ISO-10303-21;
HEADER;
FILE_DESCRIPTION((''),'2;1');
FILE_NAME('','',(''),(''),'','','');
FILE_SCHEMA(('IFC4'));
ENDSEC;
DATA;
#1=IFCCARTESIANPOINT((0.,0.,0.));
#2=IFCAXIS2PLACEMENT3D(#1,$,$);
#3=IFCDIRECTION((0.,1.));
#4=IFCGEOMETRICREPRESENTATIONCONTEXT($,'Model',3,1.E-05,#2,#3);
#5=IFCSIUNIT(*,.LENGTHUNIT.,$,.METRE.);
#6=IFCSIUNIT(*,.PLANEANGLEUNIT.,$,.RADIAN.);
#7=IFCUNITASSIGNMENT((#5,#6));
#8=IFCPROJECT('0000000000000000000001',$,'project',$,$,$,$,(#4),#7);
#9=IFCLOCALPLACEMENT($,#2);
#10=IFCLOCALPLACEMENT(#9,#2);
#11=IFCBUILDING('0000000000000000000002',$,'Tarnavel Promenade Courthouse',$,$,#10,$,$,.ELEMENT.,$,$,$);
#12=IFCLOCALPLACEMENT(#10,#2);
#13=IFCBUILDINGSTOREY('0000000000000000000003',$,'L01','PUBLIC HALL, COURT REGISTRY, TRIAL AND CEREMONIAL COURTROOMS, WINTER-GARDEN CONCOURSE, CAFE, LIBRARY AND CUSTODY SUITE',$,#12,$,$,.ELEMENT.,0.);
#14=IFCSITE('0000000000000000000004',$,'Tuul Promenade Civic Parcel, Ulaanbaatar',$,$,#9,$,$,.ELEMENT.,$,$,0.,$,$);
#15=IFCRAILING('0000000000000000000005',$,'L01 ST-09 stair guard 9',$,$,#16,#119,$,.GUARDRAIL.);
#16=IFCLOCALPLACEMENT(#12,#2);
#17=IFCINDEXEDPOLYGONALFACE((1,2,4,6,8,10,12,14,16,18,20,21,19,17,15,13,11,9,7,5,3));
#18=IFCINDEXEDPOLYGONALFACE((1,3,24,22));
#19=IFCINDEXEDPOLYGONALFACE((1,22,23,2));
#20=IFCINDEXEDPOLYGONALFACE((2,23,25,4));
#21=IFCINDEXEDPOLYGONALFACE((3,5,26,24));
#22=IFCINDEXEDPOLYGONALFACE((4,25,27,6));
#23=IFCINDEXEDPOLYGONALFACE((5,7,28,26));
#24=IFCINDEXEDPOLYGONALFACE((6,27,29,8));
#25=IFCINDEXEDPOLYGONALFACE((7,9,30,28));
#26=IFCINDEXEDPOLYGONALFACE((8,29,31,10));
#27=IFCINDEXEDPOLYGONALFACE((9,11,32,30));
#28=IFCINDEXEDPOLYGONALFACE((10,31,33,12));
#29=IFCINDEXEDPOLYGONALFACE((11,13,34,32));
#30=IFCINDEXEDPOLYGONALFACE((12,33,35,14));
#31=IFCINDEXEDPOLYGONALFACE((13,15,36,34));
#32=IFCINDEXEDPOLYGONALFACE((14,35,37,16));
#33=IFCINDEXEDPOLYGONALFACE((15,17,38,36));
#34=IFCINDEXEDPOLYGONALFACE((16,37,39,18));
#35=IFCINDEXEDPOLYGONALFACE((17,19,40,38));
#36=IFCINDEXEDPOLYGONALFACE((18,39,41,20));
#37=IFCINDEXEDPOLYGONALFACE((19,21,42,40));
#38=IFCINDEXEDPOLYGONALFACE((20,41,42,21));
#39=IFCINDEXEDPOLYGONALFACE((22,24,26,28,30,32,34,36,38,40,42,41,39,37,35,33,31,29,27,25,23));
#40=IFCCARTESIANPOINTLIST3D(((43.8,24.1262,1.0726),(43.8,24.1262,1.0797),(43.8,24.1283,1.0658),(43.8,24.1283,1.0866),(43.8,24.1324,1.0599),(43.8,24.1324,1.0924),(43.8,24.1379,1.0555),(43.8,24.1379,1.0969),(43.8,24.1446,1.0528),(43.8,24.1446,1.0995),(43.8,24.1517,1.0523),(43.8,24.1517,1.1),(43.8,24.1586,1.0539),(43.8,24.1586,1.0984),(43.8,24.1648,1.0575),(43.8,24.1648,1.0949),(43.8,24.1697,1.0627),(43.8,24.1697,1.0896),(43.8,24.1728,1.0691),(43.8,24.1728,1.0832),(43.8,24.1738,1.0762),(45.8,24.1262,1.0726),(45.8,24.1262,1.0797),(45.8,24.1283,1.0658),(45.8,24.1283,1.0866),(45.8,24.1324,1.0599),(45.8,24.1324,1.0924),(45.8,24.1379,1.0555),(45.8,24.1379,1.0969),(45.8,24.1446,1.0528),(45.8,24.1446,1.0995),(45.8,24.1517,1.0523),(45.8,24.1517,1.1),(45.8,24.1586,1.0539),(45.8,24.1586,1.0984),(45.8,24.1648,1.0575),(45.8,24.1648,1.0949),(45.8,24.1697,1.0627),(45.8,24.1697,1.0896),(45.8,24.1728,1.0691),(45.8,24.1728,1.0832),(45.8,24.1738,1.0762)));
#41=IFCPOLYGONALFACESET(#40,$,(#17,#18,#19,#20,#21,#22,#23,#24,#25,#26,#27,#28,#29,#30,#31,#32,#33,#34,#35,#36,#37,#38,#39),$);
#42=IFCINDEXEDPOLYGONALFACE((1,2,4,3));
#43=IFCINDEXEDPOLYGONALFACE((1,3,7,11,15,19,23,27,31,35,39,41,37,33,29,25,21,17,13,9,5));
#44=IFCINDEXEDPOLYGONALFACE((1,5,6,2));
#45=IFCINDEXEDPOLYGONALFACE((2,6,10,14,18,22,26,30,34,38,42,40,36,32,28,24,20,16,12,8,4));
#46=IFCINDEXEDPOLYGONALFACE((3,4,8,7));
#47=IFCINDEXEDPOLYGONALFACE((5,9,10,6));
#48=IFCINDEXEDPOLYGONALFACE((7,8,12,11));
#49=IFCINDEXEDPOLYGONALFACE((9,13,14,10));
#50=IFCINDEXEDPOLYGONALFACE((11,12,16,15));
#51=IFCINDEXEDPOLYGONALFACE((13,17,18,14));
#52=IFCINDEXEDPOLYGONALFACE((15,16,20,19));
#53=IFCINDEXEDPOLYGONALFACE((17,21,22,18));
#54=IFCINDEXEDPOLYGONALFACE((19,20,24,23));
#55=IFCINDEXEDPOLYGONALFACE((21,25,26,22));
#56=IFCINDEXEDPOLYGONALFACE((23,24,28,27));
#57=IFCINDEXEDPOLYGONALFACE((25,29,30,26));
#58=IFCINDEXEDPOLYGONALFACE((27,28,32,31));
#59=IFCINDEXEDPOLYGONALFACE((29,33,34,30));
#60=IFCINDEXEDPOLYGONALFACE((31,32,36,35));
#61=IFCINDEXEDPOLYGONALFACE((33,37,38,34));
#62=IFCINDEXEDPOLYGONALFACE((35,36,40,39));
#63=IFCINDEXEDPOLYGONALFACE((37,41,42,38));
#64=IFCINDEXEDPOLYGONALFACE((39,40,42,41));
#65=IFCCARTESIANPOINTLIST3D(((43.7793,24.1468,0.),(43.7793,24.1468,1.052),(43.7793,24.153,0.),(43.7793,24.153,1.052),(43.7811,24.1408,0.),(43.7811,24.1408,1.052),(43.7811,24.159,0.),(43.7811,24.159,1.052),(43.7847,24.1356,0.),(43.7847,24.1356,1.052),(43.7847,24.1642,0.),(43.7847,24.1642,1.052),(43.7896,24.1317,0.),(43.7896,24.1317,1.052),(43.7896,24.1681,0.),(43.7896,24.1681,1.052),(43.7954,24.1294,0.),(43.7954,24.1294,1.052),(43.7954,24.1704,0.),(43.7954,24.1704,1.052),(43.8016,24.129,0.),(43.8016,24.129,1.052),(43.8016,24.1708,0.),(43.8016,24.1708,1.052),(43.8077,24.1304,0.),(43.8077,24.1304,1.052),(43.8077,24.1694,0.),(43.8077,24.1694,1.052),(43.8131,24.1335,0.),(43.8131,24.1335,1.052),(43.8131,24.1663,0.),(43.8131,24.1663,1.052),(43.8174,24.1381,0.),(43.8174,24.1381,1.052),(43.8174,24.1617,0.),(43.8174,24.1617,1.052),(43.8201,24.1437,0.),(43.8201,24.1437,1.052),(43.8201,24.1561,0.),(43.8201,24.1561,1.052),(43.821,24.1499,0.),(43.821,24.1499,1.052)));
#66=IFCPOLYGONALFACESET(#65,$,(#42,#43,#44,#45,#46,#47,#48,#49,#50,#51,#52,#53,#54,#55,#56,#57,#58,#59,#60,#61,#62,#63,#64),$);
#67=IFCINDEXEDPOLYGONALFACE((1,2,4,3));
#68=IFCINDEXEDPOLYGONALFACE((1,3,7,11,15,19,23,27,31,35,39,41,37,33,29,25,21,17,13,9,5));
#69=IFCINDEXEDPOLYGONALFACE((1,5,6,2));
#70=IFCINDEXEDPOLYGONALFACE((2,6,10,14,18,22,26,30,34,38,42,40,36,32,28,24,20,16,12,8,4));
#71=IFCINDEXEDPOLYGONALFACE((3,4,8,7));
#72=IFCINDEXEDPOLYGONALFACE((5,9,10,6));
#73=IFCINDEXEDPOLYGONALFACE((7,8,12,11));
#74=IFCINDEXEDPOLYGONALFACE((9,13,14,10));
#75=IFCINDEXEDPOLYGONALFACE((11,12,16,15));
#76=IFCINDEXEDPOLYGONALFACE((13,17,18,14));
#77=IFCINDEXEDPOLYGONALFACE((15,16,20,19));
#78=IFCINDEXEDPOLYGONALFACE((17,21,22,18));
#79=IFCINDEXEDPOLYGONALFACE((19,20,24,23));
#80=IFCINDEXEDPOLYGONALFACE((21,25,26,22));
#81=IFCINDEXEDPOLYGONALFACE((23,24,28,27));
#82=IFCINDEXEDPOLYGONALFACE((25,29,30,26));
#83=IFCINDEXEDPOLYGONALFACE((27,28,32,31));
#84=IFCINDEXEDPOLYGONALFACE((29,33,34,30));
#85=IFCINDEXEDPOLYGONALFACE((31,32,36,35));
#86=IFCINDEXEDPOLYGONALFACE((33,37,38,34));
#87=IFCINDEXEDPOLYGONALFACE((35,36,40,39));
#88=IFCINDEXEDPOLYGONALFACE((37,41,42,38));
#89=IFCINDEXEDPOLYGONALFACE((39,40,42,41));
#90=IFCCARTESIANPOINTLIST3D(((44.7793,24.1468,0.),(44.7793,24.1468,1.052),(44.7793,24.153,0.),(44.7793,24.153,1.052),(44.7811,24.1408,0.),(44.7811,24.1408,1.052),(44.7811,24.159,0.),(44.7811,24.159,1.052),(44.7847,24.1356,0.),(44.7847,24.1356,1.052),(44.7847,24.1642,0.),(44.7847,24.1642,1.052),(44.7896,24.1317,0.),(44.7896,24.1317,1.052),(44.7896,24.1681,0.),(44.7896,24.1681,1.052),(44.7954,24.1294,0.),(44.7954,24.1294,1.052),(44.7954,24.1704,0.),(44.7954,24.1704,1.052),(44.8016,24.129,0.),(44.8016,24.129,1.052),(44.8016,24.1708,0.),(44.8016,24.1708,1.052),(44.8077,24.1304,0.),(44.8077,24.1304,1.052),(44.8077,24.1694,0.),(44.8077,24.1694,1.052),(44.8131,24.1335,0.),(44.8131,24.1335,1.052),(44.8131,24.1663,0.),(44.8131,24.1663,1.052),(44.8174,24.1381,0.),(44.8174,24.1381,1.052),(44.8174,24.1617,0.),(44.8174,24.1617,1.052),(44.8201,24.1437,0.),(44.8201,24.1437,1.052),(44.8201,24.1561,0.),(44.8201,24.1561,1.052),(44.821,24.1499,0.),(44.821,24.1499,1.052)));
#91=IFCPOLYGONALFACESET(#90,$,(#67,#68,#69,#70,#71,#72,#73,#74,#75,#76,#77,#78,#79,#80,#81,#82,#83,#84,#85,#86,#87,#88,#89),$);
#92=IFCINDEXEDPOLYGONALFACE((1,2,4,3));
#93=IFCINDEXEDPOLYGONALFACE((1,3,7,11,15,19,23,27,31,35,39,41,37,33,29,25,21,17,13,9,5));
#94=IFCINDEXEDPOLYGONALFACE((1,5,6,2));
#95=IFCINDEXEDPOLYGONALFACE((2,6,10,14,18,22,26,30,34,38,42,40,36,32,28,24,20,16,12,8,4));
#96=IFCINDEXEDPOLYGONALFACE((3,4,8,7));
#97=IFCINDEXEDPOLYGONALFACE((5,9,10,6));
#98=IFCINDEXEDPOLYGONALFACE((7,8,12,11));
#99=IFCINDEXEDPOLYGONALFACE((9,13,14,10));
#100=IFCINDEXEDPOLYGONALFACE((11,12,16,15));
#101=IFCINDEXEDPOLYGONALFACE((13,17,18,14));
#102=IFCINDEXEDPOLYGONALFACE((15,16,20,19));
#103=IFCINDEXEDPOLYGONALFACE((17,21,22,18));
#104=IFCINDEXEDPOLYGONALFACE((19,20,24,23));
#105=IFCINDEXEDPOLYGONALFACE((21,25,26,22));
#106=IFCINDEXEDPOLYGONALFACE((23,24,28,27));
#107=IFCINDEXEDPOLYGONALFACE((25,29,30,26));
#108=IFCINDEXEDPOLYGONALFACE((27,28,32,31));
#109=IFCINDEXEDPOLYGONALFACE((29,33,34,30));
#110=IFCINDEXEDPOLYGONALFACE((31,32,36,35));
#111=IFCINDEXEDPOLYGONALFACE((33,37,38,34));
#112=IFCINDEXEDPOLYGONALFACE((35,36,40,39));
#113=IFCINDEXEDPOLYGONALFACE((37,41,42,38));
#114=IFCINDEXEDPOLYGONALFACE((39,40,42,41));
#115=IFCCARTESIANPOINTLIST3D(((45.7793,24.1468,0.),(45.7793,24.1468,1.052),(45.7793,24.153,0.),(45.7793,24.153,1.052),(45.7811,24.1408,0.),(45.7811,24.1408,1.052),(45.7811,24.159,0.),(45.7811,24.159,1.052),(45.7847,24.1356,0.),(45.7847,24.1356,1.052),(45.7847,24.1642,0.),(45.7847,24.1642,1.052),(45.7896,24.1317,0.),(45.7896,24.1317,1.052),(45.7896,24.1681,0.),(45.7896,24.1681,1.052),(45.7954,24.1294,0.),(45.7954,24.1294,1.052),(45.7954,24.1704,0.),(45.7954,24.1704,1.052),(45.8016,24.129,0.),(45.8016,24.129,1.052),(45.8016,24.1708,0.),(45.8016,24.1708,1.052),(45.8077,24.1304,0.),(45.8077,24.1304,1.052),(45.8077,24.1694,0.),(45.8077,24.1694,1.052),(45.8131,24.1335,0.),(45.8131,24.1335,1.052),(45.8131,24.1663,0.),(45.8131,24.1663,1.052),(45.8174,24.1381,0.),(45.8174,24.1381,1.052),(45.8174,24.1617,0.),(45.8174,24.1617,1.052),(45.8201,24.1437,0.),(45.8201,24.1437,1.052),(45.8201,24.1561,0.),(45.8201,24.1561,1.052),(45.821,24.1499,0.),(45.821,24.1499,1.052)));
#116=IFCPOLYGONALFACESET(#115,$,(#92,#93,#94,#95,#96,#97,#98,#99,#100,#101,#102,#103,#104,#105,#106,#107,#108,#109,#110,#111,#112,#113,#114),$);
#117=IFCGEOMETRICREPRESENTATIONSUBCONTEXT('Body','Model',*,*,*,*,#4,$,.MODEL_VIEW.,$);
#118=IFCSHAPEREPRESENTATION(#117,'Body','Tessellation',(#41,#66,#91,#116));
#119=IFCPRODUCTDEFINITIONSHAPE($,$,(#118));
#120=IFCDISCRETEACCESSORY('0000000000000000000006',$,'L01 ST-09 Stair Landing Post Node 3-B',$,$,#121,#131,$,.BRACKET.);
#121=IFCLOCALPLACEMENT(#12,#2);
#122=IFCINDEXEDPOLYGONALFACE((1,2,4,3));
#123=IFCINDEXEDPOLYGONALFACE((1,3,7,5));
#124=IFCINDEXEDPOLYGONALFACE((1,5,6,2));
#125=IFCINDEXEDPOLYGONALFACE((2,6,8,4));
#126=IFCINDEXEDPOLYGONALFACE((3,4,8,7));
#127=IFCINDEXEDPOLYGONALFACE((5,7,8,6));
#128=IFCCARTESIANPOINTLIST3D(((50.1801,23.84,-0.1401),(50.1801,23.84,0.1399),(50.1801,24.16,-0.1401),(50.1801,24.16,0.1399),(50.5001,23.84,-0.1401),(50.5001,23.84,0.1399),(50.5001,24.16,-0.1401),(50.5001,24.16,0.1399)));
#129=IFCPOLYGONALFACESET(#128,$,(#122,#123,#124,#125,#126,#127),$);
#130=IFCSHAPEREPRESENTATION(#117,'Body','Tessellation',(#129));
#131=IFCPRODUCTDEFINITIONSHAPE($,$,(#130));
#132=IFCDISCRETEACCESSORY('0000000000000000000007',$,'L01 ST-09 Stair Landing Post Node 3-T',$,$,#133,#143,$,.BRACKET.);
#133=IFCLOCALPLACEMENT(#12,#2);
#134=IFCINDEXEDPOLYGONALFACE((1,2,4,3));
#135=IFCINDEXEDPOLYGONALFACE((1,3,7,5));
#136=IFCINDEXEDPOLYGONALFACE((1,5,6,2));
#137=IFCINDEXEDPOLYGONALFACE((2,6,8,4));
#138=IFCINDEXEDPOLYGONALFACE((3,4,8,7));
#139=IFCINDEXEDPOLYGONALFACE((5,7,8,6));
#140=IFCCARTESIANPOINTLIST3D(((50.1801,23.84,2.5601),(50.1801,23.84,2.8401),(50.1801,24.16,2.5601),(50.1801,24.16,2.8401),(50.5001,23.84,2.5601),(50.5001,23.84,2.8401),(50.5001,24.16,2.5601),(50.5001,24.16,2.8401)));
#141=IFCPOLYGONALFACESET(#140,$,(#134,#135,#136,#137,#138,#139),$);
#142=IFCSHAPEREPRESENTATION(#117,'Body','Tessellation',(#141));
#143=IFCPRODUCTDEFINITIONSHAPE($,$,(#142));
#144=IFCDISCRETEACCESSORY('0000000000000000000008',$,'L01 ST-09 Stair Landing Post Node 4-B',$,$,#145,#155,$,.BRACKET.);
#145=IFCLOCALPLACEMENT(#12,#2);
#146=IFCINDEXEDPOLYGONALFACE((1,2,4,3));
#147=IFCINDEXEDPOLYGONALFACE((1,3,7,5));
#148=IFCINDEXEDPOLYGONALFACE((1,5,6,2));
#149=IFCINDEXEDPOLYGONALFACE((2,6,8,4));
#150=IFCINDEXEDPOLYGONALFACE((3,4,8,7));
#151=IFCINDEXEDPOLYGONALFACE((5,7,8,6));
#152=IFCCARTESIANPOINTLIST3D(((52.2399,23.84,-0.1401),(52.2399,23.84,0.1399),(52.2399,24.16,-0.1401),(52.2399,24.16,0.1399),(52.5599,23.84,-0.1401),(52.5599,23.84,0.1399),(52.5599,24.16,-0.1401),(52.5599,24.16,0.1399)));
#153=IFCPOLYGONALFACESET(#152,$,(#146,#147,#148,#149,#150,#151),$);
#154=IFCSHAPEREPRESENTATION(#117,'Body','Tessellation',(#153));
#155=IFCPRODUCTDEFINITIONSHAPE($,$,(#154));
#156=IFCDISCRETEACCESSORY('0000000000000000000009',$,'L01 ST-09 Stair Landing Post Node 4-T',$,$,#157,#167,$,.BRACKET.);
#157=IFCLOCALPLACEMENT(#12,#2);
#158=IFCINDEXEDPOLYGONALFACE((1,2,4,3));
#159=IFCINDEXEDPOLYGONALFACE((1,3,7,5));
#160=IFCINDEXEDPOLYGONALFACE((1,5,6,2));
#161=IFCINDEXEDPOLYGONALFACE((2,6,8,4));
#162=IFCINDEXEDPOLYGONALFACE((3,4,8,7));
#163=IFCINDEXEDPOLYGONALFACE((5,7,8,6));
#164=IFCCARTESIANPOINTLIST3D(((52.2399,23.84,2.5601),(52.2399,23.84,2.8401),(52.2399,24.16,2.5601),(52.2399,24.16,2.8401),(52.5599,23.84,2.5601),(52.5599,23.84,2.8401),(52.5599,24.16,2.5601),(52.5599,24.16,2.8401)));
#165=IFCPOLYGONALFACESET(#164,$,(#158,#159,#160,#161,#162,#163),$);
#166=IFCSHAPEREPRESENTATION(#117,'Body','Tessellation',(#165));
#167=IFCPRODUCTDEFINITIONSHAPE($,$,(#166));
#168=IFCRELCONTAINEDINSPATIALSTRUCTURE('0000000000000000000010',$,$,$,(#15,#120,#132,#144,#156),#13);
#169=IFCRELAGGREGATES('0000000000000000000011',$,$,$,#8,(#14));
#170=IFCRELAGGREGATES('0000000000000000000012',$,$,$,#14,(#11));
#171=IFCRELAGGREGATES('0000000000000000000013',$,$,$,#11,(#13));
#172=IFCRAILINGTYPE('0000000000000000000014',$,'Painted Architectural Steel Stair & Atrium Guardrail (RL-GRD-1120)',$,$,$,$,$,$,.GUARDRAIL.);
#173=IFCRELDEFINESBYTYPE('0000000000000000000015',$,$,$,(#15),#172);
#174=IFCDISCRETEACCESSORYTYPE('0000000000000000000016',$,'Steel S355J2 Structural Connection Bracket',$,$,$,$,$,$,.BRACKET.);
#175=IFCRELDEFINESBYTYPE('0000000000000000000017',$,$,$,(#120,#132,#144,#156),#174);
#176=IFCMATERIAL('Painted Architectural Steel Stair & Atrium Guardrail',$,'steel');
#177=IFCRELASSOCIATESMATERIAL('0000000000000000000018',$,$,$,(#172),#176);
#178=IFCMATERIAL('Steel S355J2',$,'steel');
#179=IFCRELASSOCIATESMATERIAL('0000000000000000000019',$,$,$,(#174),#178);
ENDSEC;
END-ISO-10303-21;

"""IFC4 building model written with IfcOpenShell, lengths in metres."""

from ifc_helpers import new_model, si_unit, direction, frame, origin, origin_2d, place, context, subcontext, project, spatial, rectangle, circle, extrude, material, type_object, element, save


model = new_model("IFC4")

# Units and contexts
model_context = context("Model", 3, precision=1e-05, world=origin(), true_north=direction((0.0, 1.0)))
body_context = subcontext(model_context, "Body", "Model", "MODEL_VIEW")
ifc_project = project(units=[si_unit("LENGTHUNIT", "METRE"), si_unit("PLANEANGLEUNIT", "RADIAN")], contexts=[model_context])

# Site, building, storey
site_placement = place(None, origin())
site = spatial("IfcSite", under=ifc_project, at=site_placement, Name="Tuul Promenade Civic Parcel, Ulaanbaatar", CompositionType="ELEMENT", RefElevation=0.0)
building_placement = place(site_placement, origin())
building = spatial("IfcBuilding", under=site, at=building_placement, Name="Tarnavel Promenade Courthouse", CompositionType="ELEMENT")
storey_placement = place(building_placement, origin())
storey = spatial("IfcBuildingStorey", under=building, at=storey_placement, Name="L01", Description="PUBLIC HALL, COURT REGISTRY, TRIAL AND CEREMONIAL COURTROOMS, WINTER-GARDEN CONCOURSE, CAFE, LIBRARY AND CUSTODY SUITE", CompositionType="ELEMENT", Elevation=0.0)

# Shared definitions
ifc_material_1 = material(Name="Steel S355J2", Category="steel")

# Railing
ifc_material_2 = material(Name="Painted Architectural Steel Stair & Atrium Guardrail", Category="steel")
railing_type_1 = type_object("IfcRailingType", Name="Painted Architectural Steel Stair & Atrium Guardrail (RL-GRD-1120)", PredefinedType="GUARDRAIL", material=ifc_material_2)
railing_1_placement = place(storey_placement, frame((43.8, 24.1499, 0.0)))
element("IfcRailing", 1, at=railing_1_placement, inside=storey, type_object=railing_type_1, Name="L01 ST-09 stair guard 9", PredefinedType="GUARDRAIL", context=body_context, shape_type="SweptSolid", body=[
    extrude(circle(Radius=0.0239, at=origin_2d()), frame((0.0, 0.0, 1.0762), z_axis=(1.0, 0.0, 0.0), x_axis=(0.0, 1.0, 0.0)), (0.0, 0.0, 1.0), 2.0),
    extrude(circle(Radius=0.021, at=origin_2d()), origin(), (0.0, 0.0, 1.0), 1.052),
    extrude(circle(Radius=0.021, at=origin_2d()), frame((1.0, 0.0, 0.0)), (0.0, 0.0, 1.0), 1.052),
    extrude(circle(Radius=0.021, at=origin_2d()), frame((2.0, 0.0, 0.0)), (0.0, 0.0, 1.0), 1.052),
])

# Discrete accessories
discrete_accessory_type = type_object("IfcDiscreteAccessoryType", Name="Steel S355J2 Structural Connection Bracket", PredefinedType="BRACKET", material=ifc_material_1)
for number, where, z_axis, x_axis, name in (
    (2, (50.3401, 24.0, -0.1401), (0.0, 0.0, 1.0), (1.0, 0.0, 0.0), "L01 ST-09 Stair Landing Post Node 3-B"),
    (3, (50.3401, 24.0, 2.5601), (0.0, 0.0, 1.0), (1.0, 0.0, 0.0), "L01 ST-09 Stair Landing Post Node 3-T"),
    (4, (52.3999, 24.0, -0.1401), (0.0, 0.0, 1.0), (1.0, 0.0, 0.0), "L01 ST-09 Stair Landing Post Node 4-B"),
    (5, (52.3999, 24.0, 2.5601), (0.0, 0.0, 1.0), (1.0, 0.0, 0.0), "L01 ST-09 Stair Landing Post Node 4-T"),
):
    element("IfcDiscreteAccessory", number, at=place(storey_placement, frame(where, z_axis=z_axis, x_axis=x_axis)), inside=storey, type_object=discrete_accessory_type, Name=name, PredefinedType="BRACKET", context=body_context, shape_type="SweptSolid", body=[
        extrude(rectangle(XDim=0.3201, YDim=0.3201, at=origin_2d()), origin(), (0.0, 0.0, 1.0), 0.28),
    ])

save(model, "model.ifc")
